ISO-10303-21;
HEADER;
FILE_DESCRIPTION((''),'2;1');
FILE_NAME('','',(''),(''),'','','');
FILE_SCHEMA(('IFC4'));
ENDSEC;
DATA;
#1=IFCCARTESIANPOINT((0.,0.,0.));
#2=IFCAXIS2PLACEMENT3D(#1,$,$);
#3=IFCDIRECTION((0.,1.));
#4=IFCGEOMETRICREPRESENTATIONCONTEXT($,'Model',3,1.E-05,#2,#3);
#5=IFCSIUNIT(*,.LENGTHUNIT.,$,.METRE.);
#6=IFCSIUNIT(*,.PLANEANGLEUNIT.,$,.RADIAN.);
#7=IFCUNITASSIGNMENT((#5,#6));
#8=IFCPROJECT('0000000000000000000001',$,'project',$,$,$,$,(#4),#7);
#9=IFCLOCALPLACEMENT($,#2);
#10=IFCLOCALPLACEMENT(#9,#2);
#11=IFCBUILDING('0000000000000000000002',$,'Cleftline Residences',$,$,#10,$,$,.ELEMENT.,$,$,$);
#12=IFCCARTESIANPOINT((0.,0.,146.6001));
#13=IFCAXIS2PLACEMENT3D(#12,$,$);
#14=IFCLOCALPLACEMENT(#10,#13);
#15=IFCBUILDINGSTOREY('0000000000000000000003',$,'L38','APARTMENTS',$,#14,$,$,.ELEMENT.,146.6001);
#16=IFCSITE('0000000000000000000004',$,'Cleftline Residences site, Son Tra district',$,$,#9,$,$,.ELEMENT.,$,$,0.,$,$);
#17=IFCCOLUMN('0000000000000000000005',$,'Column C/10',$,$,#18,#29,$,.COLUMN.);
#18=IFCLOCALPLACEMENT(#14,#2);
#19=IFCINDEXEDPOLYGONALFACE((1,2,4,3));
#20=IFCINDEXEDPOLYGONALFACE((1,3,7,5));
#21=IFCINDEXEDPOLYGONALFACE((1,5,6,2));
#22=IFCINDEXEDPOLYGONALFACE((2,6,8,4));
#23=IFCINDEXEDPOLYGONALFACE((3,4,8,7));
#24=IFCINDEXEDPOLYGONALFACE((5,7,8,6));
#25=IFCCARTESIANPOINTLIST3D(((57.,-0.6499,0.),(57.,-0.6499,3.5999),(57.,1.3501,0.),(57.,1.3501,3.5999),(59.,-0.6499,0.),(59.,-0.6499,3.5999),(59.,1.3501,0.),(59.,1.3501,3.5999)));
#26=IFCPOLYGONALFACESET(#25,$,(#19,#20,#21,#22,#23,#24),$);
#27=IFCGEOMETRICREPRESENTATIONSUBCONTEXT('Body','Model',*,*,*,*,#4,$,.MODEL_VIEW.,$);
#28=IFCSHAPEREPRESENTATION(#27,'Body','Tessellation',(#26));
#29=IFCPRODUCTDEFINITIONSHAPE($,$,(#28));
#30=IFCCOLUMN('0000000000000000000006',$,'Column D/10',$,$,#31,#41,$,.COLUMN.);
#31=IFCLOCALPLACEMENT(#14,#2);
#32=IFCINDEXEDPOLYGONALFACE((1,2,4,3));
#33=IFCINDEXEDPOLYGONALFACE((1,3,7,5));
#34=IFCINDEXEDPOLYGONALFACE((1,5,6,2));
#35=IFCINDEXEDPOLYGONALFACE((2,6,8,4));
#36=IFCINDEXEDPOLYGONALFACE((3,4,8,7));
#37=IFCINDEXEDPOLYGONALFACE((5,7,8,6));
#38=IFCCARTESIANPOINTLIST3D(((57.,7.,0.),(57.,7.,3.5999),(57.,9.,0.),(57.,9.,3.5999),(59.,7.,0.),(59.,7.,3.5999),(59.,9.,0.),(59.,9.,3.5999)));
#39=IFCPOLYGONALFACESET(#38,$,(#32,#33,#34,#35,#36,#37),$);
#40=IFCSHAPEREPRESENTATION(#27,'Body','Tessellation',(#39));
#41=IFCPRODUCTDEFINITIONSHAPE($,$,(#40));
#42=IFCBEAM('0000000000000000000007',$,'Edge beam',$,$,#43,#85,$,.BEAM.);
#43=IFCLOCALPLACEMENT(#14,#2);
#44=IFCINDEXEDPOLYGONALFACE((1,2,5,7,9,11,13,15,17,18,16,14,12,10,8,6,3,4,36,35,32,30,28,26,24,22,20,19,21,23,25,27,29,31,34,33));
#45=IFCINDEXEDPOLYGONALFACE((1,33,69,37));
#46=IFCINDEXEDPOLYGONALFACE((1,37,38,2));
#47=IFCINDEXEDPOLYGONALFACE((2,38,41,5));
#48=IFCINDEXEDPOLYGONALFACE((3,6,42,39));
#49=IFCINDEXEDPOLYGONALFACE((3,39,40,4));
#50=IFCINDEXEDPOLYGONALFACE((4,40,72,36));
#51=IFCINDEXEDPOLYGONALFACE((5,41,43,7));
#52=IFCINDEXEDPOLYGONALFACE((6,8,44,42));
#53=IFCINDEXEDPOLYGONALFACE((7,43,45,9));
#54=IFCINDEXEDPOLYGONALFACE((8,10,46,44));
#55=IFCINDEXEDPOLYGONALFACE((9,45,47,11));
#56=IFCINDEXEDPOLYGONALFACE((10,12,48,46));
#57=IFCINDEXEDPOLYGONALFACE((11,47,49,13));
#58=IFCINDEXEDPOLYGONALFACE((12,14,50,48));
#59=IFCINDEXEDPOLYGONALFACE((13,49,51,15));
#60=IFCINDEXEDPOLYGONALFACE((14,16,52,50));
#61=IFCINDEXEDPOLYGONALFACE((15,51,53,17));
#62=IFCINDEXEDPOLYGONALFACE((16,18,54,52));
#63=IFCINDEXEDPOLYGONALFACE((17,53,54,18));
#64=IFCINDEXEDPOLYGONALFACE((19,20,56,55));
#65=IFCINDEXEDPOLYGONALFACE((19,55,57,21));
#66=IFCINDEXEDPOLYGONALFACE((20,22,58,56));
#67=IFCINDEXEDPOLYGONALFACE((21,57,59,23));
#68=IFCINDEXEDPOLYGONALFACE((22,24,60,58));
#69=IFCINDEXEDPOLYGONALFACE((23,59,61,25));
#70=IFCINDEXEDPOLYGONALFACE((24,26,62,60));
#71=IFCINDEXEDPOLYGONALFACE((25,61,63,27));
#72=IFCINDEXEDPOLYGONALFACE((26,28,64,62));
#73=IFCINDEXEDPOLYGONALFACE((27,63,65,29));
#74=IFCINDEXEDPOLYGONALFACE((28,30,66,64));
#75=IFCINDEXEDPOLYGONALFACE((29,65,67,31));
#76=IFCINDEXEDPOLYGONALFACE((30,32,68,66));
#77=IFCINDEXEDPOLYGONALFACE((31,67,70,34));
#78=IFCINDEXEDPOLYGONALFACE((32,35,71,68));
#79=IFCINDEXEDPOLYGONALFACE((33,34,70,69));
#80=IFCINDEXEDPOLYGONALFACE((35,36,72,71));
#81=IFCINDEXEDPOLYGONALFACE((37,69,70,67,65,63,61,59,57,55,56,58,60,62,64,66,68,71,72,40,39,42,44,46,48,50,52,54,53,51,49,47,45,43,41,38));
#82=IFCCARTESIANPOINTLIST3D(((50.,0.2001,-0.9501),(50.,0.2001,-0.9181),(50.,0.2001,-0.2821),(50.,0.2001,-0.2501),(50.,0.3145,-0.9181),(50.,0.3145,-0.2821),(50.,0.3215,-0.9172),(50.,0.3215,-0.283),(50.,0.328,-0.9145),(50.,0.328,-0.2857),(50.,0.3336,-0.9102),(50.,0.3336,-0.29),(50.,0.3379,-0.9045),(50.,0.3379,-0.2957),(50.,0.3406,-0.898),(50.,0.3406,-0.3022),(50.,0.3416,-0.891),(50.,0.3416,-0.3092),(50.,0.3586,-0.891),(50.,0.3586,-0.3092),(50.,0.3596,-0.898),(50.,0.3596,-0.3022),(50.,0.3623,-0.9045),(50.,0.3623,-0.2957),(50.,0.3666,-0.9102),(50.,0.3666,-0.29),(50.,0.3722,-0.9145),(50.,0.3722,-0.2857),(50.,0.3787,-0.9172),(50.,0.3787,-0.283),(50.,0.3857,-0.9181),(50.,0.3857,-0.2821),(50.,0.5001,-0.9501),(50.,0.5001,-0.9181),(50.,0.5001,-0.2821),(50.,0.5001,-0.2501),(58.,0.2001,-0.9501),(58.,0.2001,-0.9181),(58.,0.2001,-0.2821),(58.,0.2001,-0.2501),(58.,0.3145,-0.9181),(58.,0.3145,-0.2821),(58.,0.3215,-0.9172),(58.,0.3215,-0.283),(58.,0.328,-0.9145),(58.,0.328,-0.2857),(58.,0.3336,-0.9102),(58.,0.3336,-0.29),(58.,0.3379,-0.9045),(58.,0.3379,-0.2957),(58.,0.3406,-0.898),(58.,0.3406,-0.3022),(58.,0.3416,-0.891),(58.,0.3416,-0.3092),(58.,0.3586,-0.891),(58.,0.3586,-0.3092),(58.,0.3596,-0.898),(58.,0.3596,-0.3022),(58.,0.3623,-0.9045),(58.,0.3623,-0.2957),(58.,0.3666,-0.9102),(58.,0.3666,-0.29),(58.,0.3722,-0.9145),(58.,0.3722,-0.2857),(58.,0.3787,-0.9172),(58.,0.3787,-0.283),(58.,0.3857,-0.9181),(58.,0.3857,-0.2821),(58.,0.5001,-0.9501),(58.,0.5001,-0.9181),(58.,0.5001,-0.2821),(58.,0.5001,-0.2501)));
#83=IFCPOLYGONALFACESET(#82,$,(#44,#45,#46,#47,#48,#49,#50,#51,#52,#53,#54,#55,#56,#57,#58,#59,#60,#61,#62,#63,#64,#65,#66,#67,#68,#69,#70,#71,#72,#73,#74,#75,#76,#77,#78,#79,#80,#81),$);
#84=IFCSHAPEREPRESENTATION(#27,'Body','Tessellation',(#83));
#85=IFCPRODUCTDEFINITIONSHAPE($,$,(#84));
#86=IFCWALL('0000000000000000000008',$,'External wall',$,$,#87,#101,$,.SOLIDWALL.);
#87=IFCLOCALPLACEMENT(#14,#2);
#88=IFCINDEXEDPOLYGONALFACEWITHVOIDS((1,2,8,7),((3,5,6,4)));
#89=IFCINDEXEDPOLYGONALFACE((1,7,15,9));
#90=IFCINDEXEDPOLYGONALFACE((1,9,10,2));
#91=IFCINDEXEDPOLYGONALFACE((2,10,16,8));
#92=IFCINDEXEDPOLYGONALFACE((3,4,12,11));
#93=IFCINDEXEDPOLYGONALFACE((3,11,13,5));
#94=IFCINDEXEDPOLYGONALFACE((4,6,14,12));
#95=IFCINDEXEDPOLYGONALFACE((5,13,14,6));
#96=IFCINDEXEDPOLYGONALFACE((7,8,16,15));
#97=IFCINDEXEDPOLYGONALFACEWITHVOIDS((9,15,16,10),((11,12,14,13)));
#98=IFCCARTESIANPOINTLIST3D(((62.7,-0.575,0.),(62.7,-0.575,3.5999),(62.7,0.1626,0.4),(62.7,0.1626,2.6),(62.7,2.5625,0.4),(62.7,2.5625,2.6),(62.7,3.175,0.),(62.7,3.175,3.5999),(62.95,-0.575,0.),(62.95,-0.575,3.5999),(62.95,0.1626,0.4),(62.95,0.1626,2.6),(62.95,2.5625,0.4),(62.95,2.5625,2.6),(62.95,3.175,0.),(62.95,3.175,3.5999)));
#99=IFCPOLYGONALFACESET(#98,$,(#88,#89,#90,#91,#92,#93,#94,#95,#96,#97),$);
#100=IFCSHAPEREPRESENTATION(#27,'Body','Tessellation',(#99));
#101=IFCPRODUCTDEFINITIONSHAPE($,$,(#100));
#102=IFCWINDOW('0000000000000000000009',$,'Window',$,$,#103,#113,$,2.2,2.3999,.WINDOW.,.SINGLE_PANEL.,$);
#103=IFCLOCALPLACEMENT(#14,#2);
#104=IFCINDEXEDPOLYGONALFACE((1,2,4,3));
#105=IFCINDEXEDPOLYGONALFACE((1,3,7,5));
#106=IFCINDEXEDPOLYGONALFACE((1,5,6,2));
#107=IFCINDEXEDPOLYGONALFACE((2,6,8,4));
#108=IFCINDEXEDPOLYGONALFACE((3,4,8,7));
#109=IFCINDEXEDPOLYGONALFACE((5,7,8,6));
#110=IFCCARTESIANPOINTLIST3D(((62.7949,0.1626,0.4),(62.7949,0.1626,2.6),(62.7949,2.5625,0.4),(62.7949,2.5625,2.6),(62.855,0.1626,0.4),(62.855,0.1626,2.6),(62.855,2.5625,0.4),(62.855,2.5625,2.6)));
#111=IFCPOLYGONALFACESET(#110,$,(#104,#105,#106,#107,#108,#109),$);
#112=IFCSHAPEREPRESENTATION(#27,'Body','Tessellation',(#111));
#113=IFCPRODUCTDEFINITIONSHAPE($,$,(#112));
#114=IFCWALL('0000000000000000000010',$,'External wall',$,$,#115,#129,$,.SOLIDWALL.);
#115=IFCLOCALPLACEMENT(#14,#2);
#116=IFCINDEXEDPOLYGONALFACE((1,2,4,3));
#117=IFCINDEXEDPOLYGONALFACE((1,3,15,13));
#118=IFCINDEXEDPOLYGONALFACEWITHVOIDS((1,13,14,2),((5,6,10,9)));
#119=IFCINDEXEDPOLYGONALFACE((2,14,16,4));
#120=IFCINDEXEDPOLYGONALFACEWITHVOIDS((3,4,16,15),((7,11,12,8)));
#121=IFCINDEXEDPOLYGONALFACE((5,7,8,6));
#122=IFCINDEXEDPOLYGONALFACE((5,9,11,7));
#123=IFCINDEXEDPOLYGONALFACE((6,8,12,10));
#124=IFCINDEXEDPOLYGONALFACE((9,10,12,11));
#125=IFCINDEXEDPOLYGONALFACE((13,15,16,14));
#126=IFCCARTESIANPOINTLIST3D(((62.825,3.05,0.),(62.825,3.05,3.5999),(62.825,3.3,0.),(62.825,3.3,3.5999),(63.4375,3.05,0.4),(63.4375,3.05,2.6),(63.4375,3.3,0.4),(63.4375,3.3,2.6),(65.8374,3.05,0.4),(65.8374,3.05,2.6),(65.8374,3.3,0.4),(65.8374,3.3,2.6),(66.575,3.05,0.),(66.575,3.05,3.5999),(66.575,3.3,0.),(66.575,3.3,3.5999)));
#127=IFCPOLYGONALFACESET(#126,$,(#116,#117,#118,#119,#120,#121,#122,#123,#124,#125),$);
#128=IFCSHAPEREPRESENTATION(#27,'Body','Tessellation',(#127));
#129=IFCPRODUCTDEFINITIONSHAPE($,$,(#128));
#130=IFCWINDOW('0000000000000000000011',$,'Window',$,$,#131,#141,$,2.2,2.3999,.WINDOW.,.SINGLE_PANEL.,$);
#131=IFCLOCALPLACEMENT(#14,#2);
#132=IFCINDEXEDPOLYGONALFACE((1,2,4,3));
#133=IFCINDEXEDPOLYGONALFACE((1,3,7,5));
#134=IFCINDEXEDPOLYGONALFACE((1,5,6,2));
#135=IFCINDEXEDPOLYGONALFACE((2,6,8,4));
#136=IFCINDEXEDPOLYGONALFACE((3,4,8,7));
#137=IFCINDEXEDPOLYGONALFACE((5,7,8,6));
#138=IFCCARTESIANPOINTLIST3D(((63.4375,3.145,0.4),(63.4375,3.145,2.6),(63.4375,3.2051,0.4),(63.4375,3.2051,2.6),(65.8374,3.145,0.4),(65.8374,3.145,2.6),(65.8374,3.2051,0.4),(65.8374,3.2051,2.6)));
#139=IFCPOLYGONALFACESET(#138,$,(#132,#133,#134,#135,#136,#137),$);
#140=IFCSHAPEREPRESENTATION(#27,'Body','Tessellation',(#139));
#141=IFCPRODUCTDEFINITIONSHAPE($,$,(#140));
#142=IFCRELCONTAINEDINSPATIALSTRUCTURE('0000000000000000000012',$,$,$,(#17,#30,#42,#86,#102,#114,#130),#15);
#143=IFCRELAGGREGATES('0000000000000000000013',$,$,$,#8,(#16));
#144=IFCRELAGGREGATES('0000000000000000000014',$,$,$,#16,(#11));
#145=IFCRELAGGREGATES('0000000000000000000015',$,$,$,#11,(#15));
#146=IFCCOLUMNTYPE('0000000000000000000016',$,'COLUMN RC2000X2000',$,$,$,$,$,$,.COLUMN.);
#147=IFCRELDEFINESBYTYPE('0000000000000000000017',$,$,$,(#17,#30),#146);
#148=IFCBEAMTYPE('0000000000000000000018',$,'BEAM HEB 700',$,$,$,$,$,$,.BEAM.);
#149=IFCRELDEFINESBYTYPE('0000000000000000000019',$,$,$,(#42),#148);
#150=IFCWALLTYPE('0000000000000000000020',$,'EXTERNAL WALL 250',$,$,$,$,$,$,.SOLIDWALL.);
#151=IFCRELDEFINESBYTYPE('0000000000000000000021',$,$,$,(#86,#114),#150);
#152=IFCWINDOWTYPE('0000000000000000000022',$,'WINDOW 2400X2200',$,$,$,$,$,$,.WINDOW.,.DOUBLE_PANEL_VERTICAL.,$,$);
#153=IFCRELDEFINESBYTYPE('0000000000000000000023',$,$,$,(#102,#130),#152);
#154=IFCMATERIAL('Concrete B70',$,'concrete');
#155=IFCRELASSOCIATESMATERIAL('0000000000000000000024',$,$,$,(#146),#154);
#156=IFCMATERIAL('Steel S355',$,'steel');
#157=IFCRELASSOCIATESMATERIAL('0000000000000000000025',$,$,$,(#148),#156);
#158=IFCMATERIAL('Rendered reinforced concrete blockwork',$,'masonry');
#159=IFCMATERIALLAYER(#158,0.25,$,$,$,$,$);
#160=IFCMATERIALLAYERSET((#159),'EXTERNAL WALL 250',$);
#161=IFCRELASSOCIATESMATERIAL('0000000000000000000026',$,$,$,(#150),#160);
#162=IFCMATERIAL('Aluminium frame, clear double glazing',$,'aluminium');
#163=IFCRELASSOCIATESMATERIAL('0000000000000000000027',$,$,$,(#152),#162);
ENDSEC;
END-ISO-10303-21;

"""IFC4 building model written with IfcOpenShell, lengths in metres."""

from ifc_helpers import new_model, si_unit, direction, frame, frame_2d, origin, origin_2d, place, context, subcontext, project, spatial, rectangle, i_section, extrude, material, layer, layer_set, material_profile, profile_set, type_object, element, fill, save


model = new_model("IFC4")

# Units and contexts
model_context = context("Model", 3, precision=1e-05, world=origin(), true_north=direction((0.0, 1.0)))
body_context = subcontext(model_context, "Body", "Model", "MODEL_VIEW")
ifc_project = project(units=[si_unit("LENGTHUNIT", "METRE"), si_unit("PLANEANGLEUNIT", "RADIAN")], contexts=[model_context])

# Site, building, storey
site_placement = place(None, origin())
site = spatial("IfcSite", under=ifc_project, at=site_placement, Name="Cleftline Residences site, Son Tra district", CompositionType="ELEMENT", RefElevation=0.0)
building_placement = place(site_placement, origin())
building = spatial("IfcBuilding", under=site, at=building_placement, Name="Cleftline Residences", CompositionType="ELEMENT")
storey_placement = place(building_placement, frame((0.0, 0.0, 146.6001)))
storey = spatial("IfcBuildingStorey", under=building, at=storey_placement, Name="L38", Description="APARTMENTS", CompositionType="ELEMENT", Elevation=146.6001)

# Columns
ifc_material_1 = material(Name="Concrete B70", Category="concrete")
ifc_material_profile_1 = material_profile(ifc_material_1, rectangle(XDim=2.0, YDim=2.0, at=origin_2d()))
ifc_profile_set_1 = profile_set([ifc_material_profile_1], Name="Concrete B70")
column_type = type_object("IfcColumnType", Name="COLUMN RC2000X2000", PredefinedType="COLUMN", material=ifc_profile_set_1)
for number, where, z_axis, x_axis, name in (
    (1, (58.0, 0.3501, 0.0), (0.0, 0.0, 1.0), (1.0, 0.0, 0.0), "Column C/10"),
    (2, (58.0, 8.0, 0.0), (0.0, 0.0, 1.0), (1.0, 0.0, 0.0), "Column D/10"),
):
    element("IfcColumn", number, at=place(storey_placement, frame(where, z_axis=z_axis, x_axis=x_axis)), inside=storey, type_object=column_type, Name=name, PredefinedType="COLUMN", context=body_context, shape_type="SweptSolid", body=[
        extrude(rectangle(XDim=2.0, YDim=2.0, at=origin_2d()), origin(), (0.0, 0.0, 1.0), 3.5999),
    ])

# Beam
ifc_material_2 = material(Name="Steel S355", Category="steel")
ifc_material_profile_2 = material_profile(ifc_material_2, i_section(OverallWidth=0.3, OverallDepth=0.7, WebThickness=0.0171, FlangeThickness=0.032, FilletRadius=0.0271, at=origin_2d()))
ifc_profile_set_2 = profile_set([ifc_material_profile_2], Name="Steel S355")
beam_type = type_object("IfcBeamType", Name="BEAM HEB 700", PredefinedType="BEAM", material=ifc_profile_set_2)
beam_placement = place(storey_placement, frame((58.0, 0.3501, -0.6001), z_axis=(-1.0, 0.0, 0.0), x_axis=(0.0, -1.0, 0.0)))
element("IfcBeam", 3, at=beam_placement, inside=storey, type_object=beam_type, Name="Edge beam", PredefinedType="BEAM", context=body_context, shape_type="SweptSolid", body=[
    extrude(i_section(OverallWidth=0.3, OverallDepth=0.7, WebThickness=0.0171, FlangeThickness=0.032, FilletRadius=0.0271, at=origin_2d()), origin(), (0.0, 0.0, 1.0), 8.0),
])

# Walls, openings, windows
ifc_material_3 = material(Name="Rendered reinforced concrete blockwork", Category="masonry")
ifc_layer_1 = layer(ifc_material_3, 0.25)
ifc_layer_set_1 = layer_set([ifc_layer_1], Name="EXTERNAL WALL 250")
wall_type_1 = type_object("IfcWallType", Name="EXTERNAL WALL 250", PredefinedType="SOLIDWALL", material=ifc_layer_set_1)
wall_1_placement = place(storey_placement, frame((62.825, -0.575, 0.0), z_axis=(0.0, 0.0, 1.0), x_axis=(0.0, 1.0, 0.0)))
wall_1 = element("IfcWall", 4, at=wall_1_placement, inside=storey, type_object=wall_type_1, Name="External wall", PredefinedType="SOLIDWALL", context=body_context, shape_type="SweptSolid", body=[
    extrude(rectangle(XDim=3.75, YDim=0.25, at=frame_2d((1.875, 0.0))), origin(), (0.0, 0.0, 1.0), 3.5999),
])
opening_1_placement = place(wall_1_placement, frame((0.7375, 0.0, 0.3999)))
opening_1 = element("IfcOpeningElement", 5, at=opening_1_placement, cuts=wall_1, PredefinedType="OPENING", context=body_context, shape_type="SweptSolid", body=[
    extrude(rectangle(XDim=2.3999, YDim=2.2, at=frame_2d((1.2, 1.1001))), frame((0.0, 0.135, 0.0), z_axis=(0.0, -1.0, 0.0), x_axis=(1.0, 0.0, 0.0)), (0.0, 0.0, 1.0), 0.27),
])
ifc_material_4 = material(Name="Aluminium frame, clear double glazing", Category="aluminium")
window_type = type_object("IfcWindowType", Name="WINDOW 2400X2200", PartitioningType="DOUBLE_PANEL_VERTICAL", PredefinedType="WINDOW", material=ifc_material_4)
window_1_placement = place(opening_1_placement, origin())
window_1 = element("IfcWindow", 6, at=window_1_placement, inside=storey, type_object=window_type, Name="Window", OverallHeight=2.2, OverallWidth=2.3999, PartitioningType="SINGLE_PANEL", PredefinedType="WINDOW", context=body_context, shape_type="SweptSolid", body=[
    extrude(rectangle(XDim=2.3999, YDim=2.2, at=frame_2d((1.2, 1.1001))), frame((0.0, 0.03, 0.0), z_axis=(0.0, -1.0, 0.0), x_axis=(1.0, 0.0, 0.0)), (0.0, 0.0, 1.0), 0.0601),
])
fill(opening_1, window_1)
wall_2_placement = place(storey_placement, frame((62.825, 3.175, 0.0), z_axis=(0.0, 0.0, 1.0), x_axis=(1.0, 0.0, 0.0)))
wall_2 = element("IfcWall", 7, at=wall_2_placement, inside=storey, type_object=wall_type_1, Name="External wall", PredefinedType="SOLIDWALL", context=body_context, shape_type="SweptSolid", body=[
    extrude(rectangle(XDim=3.75, YDim=0.25, at=frame_2d((1.875, 0.0))), origin(), (0.0, 0.0, 1.0), 3.5999),
])
opening_2_placement = place(wall_2_placement, frame((0.6125, 0.0, 0.3999)))
opening_2 = element("IfcOpeningElement", 8, at=opening_2_placement, cuts=wall_2, PredefinedType="OPENING", context=body_context, shape_type="SweptSolid", body=[
    extrude(rectangle(XDim=2.3999, YDim=2.2, at=frame_2d((1.2, 1.1001))), frame((0.0, 0.135, 0.0), z_axis=(0.0, -1.0, 0.0), x_axis=(1.0, 0.0, 0.0)), (0.0, 0.0, 1.0), 0.27),
])
window_2_placement = place(opening_2_placement, origin())
window_2 = element("IfcWindow", 9, at=window_2_placement, inside=storey, type_object=window_type, Name="Window", OverallHeight=2.2, OverallWidth=2.3999, PartitioningType="SINGLE_PANEL", PredefinedType="WINDOW", context=body_context, shape_type="SweptSolid", body=[
    extrude(rectangle(XDim=2.3999, YDim=2.2, at=frame_2d((1.2, 1.1001))), frame((0.0, 0.03, 0.0), z_axis=(0.0, -1.0, 0.0), x_axis=(1.0, 0.0, 0.0)), (0.0, 0.0, 1.0), 0.0601),
])
fill(opening_2, window_2)

save(model, "model.ifc")
